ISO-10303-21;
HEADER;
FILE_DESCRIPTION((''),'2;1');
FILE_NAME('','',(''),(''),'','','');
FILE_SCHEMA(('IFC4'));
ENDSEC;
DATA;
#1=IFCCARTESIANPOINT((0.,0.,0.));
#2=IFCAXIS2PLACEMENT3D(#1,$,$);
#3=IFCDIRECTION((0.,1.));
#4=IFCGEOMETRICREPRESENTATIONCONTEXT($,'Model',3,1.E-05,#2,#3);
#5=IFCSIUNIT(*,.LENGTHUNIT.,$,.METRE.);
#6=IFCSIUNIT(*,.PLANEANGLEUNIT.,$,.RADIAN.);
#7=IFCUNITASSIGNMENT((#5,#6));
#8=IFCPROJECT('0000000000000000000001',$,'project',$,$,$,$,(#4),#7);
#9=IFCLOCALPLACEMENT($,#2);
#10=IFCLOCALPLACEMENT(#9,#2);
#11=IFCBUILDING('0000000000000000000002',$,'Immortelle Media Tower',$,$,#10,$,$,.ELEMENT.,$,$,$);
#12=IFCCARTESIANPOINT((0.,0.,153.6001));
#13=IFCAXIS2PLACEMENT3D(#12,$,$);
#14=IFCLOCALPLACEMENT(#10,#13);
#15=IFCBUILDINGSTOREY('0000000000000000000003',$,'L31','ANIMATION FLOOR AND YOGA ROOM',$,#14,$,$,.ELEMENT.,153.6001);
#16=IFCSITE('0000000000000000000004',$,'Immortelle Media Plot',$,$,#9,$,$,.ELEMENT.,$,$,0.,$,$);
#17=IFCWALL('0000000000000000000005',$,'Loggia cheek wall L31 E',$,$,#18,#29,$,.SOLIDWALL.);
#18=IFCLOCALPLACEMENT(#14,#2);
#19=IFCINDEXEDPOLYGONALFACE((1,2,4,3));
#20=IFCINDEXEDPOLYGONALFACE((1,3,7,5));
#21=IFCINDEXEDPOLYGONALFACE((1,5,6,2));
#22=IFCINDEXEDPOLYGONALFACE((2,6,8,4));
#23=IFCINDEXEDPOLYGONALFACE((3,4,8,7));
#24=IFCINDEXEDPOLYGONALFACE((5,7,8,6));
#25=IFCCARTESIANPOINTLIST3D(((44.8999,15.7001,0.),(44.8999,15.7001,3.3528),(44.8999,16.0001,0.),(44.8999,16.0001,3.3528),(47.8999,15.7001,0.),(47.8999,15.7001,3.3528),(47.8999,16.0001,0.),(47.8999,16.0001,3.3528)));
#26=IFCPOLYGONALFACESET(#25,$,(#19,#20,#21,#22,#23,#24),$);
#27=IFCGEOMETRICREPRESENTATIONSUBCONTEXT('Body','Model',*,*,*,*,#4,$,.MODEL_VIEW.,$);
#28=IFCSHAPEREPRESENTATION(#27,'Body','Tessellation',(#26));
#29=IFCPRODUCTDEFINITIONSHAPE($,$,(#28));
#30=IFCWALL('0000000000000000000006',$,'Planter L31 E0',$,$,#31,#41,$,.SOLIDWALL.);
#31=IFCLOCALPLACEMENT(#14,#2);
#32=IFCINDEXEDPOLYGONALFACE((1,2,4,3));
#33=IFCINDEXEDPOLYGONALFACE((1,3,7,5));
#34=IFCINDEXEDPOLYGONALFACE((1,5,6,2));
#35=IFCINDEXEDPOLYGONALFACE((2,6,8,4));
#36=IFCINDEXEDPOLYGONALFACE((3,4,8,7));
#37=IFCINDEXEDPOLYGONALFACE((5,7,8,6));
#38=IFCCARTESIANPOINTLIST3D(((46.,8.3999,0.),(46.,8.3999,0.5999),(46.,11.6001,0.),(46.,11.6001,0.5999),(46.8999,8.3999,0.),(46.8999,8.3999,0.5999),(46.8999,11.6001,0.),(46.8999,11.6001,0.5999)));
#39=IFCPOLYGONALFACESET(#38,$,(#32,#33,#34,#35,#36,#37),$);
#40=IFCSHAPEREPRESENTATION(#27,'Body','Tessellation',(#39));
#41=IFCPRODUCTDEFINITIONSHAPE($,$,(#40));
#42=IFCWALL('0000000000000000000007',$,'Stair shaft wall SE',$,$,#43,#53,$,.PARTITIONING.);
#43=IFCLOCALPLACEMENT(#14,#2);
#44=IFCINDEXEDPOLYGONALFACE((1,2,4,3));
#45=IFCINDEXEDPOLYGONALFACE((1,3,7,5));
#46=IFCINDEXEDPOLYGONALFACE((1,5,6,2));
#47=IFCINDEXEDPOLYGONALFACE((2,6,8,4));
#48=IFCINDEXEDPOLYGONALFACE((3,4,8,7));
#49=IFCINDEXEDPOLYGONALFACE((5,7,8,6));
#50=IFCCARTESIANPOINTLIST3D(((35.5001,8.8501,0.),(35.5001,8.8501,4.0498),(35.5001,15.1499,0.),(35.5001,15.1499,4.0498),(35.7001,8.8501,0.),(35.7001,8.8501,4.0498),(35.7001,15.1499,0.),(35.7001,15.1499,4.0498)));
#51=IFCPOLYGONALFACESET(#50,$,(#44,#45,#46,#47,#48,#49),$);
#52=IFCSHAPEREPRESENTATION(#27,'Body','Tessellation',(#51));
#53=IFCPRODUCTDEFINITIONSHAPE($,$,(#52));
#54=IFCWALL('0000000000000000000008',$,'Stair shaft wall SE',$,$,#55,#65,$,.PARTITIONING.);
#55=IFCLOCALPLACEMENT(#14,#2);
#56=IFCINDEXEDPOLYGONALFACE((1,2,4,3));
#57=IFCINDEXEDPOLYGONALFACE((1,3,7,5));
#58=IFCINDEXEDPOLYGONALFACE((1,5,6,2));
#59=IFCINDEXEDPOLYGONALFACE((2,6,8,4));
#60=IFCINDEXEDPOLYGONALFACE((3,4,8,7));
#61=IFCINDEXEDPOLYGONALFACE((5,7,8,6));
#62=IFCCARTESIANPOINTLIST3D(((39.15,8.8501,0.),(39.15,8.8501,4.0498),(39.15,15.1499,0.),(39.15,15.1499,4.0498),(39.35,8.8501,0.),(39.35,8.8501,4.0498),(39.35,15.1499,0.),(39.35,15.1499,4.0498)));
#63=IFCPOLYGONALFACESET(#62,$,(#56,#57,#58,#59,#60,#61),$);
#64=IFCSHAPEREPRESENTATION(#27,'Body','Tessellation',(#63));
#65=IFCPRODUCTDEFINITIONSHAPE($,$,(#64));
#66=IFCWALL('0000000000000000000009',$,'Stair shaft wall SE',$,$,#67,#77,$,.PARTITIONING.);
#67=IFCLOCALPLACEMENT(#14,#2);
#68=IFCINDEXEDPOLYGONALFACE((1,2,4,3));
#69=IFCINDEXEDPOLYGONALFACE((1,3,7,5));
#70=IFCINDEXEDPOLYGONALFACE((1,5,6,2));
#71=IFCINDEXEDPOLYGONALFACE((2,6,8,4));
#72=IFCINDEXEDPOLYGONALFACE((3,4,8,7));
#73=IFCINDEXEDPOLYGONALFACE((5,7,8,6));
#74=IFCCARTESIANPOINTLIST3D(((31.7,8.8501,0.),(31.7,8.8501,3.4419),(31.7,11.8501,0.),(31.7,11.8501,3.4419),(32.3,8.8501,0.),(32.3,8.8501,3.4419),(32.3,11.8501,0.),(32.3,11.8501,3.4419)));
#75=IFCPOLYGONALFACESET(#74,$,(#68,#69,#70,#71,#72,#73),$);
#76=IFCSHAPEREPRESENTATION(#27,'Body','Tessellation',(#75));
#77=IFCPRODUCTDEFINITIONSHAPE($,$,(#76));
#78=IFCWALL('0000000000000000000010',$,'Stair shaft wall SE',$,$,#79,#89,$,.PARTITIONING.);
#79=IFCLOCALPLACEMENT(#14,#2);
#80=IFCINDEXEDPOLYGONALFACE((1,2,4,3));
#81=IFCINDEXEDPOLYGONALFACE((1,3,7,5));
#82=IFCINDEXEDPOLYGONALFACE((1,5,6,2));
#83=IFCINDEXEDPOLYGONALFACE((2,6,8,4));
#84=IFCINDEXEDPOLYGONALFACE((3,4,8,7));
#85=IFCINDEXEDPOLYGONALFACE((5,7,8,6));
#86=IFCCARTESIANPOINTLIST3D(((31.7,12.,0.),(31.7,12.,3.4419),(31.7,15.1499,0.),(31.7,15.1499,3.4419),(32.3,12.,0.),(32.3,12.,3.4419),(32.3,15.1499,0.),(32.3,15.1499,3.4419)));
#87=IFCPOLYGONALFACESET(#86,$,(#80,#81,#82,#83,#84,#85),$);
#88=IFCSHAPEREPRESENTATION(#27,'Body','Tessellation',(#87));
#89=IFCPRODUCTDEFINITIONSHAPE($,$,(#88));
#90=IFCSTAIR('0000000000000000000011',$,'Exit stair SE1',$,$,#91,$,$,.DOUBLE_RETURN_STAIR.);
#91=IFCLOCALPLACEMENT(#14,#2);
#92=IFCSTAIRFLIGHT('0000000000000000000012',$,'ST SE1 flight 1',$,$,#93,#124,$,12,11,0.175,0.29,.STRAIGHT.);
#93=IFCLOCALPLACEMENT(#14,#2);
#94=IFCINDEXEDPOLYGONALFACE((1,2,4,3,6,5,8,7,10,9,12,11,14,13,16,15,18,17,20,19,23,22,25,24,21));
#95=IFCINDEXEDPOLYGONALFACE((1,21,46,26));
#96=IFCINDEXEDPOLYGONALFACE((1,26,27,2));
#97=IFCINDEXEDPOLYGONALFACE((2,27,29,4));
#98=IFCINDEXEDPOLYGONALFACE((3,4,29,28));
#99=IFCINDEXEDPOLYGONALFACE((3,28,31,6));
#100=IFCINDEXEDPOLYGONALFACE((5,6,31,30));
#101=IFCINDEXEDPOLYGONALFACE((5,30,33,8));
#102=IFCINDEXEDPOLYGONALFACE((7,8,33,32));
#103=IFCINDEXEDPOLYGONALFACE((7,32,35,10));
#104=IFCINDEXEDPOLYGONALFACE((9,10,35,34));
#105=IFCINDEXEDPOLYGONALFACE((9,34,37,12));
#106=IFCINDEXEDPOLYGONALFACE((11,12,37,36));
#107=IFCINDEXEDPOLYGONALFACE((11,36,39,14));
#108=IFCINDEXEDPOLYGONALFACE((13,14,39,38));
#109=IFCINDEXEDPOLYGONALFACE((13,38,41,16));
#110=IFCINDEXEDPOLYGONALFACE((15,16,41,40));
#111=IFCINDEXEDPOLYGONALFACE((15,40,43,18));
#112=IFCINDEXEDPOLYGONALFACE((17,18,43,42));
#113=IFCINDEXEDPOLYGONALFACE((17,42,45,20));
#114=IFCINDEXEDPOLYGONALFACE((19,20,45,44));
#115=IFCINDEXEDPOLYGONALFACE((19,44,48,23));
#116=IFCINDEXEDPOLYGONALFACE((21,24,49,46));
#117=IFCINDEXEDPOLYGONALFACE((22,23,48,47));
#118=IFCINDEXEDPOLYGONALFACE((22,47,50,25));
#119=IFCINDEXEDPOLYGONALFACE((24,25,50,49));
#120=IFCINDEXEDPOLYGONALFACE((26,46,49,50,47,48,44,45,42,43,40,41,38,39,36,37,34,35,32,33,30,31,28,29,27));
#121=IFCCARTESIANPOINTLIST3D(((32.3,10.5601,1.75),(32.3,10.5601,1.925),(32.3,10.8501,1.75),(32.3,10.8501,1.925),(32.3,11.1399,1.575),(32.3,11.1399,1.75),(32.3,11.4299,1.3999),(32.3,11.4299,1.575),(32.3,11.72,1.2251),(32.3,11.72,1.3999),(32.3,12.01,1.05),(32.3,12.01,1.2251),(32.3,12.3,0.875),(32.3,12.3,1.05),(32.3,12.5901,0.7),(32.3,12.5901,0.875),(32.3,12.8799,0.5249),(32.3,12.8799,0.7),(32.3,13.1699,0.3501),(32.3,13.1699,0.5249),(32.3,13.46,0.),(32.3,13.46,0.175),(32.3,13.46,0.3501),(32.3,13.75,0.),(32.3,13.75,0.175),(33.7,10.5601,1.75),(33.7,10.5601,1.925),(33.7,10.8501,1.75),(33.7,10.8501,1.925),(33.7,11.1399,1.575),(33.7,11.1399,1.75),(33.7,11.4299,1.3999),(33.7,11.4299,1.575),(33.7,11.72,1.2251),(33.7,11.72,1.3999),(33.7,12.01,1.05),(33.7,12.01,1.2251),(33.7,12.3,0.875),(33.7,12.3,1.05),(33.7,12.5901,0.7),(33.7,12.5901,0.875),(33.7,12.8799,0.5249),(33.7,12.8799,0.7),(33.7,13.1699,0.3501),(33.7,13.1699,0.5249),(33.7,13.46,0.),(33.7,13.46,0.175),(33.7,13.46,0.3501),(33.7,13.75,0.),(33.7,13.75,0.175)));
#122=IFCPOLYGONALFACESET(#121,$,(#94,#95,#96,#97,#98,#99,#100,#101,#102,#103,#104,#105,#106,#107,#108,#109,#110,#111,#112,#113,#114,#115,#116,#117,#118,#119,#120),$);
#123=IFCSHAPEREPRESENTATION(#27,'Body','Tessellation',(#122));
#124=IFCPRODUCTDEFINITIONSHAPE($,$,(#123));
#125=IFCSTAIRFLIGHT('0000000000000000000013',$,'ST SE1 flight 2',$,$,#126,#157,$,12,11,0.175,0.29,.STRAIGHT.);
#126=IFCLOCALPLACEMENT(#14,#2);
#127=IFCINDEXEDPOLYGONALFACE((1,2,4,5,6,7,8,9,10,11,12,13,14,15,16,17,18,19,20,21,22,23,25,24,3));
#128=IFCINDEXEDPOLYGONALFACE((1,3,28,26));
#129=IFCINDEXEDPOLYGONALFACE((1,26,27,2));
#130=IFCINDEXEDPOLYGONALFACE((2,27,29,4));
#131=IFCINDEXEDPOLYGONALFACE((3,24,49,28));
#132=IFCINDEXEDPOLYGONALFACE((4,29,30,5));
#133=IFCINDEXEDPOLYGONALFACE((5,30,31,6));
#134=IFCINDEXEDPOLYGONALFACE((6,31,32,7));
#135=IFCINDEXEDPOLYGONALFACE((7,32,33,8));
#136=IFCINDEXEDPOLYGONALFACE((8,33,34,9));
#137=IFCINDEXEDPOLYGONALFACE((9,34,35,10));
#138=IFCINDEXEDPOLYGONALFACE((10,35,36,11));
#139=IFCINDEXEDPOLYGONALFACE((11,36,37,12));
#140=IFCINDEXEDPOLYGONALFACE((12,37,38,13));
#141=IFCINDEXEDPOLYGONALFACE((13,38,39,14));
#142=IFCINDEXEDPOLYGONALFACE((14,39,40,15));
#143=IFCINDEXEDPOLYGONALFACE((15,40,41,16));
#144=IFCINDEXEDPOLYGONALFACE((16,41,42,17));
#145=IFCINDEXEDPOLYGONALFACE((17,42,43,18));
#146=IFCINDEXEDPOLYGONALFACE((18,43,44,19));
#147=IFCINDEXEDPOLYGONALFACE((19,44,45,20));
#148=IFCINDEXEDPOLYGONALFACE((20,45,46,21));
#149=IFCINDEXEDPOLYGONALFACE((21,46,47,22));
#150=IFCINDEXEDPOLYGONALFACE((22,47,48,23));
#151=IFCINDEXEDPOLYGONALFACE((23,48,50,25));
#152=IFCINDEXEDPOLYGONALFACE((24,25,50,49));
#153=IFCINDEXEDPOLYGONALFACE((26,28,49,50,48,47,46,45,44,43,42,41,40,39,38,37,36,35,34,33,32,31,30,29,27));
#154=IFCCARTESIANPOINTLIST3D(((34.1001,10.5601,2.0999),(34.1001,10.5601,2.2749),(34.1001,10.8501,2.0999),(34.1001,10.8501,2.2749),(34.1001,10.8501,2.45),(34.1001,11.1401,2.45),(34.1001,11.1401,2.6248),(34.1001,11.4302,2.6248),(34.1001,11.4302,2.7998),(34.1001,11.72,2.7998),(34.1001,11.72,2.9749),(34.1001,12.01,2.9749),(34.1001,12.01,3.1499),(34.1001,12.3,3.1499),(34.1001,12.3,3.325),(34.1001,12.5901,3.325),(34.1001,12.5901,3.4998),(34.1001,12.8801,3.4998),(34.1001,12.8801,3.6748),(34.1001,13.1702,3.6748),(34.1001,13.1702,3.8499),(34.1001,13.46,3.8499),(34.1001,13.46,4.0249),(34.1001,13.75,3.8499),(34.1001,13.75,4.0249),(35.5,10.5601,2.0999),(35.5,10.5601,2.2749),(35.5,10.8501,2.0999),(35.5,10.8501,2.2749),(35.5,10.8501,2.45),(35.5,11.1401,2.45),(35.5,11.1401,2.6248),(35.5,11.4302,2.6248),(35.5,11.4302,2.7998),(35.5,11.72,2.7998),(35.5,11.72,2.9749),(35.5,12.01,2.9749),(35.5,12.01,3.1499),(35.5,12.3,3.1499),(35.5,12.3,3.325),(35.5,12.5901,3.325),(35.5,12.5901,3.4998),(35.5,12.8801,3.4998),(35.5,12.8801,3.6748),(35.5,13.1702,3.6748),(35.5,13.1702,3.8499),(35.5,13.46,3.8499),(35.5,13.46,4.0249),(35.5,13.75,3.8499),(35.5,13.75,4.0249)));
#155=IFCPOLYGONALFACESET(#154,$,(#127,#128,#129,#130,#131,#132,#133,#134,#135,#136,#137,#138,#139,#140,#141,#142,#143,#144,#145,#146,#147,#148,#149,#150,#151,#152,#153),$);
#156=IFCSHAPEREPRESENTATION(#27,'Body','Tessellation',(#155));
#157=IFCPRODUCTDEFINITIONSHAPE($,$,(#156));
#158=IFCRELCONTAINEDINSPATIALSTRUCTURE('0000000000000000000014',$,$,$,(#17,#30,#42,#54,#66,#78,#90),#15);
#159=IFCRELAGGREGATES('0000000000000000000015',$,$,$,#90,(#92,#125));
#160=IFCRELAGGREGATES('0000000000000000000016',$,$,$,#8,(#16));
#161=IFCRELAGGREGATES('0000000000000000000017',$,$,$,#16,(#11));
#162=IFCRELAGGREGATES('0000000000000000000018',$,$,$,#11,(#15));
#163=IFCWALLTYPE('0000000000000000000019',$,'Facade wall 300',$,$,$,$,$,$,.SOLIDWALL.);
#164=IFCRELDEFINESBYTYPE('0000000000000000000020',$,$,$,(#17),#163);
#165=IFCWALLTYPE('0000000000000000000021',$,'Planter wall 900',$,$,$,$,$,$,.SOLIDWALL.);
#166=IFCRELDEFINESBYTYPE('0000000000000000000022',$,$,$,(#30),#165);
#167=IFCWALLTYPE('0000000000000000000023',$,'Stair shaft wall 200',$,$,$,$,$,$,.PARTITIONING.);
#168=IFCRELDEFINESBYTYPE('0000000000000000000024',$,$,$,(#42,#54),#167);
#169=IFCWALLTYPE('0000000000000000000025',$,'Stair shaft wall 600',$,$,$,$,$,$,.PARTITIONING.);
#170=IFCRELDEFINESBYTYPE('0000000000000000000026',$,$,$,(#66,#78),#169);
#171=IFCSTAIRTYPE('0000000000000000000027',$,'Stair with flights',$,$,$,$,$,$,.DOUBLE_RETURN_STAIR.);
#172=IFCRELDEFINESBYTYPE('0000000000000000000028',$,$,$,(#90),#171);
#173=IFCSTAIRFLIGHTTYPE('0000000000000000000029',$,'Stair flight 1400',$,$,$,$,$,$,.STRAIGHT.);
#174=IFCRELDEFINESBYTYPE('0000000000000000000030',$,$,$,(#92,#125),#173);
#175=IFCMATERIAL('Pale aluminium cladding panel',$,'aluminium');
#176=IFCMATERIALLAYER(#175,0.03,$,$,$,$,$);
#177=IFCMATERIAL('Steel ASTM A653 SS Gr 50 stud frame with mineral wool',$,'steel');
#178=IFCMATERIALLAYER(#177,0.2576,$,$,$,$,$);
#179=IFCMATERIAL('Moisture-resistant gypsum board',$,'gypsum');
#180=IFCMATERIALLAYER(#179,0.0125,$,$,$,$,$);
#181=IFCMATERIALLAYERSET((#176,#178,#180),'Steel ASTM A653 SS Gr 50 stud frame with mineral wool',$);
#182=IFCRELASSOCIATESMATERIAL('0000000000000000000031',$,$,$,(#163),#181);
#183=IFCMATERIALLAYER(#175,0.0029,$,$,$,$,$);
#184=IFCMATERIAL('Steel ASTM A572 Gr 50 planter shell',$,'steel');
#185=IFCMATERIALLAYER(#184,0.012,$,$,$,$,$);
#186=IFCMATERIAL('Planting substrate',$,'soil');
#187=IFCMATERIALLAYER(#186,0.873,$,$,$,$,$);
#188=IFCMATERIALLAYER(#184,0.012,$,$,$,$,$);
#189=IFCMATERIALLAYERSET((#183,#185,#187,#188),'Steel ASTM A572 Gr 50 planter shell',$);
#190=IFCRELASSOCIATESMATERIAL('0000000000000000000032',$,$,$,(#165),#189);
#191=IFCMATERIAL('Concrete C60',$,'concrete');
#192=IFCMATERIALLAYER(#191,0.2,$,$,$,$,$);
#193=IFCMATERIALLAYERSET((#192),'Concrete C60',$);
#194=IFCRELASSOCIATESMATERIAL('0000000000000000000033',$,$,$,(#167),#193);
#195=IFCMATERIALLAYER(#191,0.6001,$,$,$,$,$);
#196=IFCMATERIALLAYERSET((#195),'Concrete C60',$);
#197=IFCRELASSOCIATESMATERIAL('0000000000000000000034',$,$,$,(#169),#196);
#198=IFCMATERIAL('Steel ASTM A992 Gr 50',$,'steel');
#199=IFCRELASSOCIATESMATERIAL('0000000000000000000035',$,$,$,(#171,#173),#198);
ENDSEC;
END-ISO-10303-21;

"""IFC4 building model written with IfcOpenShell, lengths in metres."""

from ifc_helpers import new_model, si_unit, direction, frame, frame_2d, origin, place, context, subcontext, project, spatial, polyline, rectangle, outline, extrude, material, layer, layer_set, type_object, element, aggregate, save


model = new_model("IFC4")

# Units and contexts
model_context = context("Model", 3, precision=1e-05, world=origin(), true_north=direction((0.0, 1.0)))
body_context = subcontext(model_context, "Body", "Model", "MODEL_VIEW")
ifc_project = project(units=[si_unit("LENGTHUNIT", "METRE"), si_unit("PLANEANGLEUNIT", "RADIAN")], contexts=[model_context])

# Site, building, storey
site_placement = place(None, origin())
site = spatial("IfcSite", under=ifc_project, at=site_placement, Name="Immortelle Media Plot", CompositionType="ELEMENT", RefElevation=0.0)
building_placement = place(site_placement, origin())
building = spatial("IfcBuilding", under=site, at=building_placement, Name="Immortelle Media Tower", CompositionType="ELEMENT")
storey_placement = place(building_placement, frame((0.0, 0.0, 153.6001)))
storey = spatial("IfcBuildingStorey", under=building, at=storey_placement, Name="L31", Description="ANIMATION FLOOR AND YOGA ROOM", CompositionType="ELEMENT", Elevation=153.6001)

# Shared definitions
ifc_material_1 = material(Name="Steel ASTM A992 Gr 50", Category="steel")

# Shared definitions
ifc_material_2 = material(Name="Pale aluminium cladding panel", Category="aluminium")
ifc_layer_1 = layer(ifc_material_2, 0.03)
ifc_material_3 = material(Name="Steel ASTM A653 SS Gr 50 stud frame with mineral wool", Category="steel")
ifc_layer_2 = layer(ifc_material_3, 0.2576)
ifc_material_4 = material(Name="Moisture-resistant gypsum board", Category="gypsum")
ifc_layer_3 = layer(ifc_material_4, 0.0125)
ifc_layer_set_1 = layer_set([ifc_layer_1, ifc_layer_2, ifc_layer_3], Name="Steel ASTM A653 SS Gr 50 stud frame with mineral wool")
wall_type_1 = type_object("IfcWallType", Name="Facade wall 300", PredefinedType="SOLIDWALL", material=ifc_layer_set_1)

# Walls
for number, where, z_axis, x_axis, name in (
    (1, (47.8999, 15.8501, 0.0), (0.0, 0.0, 1.0), (-1.0, 0.0, 0.0), "Loggia cheek wall L31 E"),
):
    element("IfcWall", number, at=place(storey_placement, frame(where, z_axis=z_axis, x_axis=x_axis)), inside=storey, type_object=wall_type_1, Name=name, PredefinedType="SOLIDWALL", context=body_context, shape_type="SweptSolid", body=[
        extrude(rectangle(XDim=3.0, YDim=0.3, at=frame_2d((1.5, 0.0))), origin(), (0.0, 0.0, 1.0), 3.3528),
    ])
ifc_layer_4 = layer(ifc_material_2, 0.0029)
ifc_material_5 = material(Name="Steel ASTM A572 Gr 50 planter shell", Category="steel")
ifc_layer_5 = layer(ifc_material_5, 0.012)
ifc_material_6 = material(Name="Planting substrate", Category="soil")
ifc_layer_6 = layer(ifc_material_6, 0.873)
ifc_layer_7 = layer(ifc_material_5, 0.012)
ifc_layer_set_2 = layer_set([ifc_layer_4, ifc_layer_5, ifc_layer_6, ifc_layer_7], Name="Steel ASTM A572 Gr 50 planter shell")
wall_type_2 = type_object("IfcWallType", Name="Planter wall 900", PredefinedType="SOLIDWALL", material=ifc_layer_set_2)
wall_1_placement = place(storey_placement, frame((46.45, 8.3999, 0.0), z_axis=(0.0, 0.0, 1.0), x_axis=(0.0, 1.0, 0.0)))
element("IfcWall", 2, at=wall_1_placement, inside=storey, type_object=wall_type_2, Name="Planter L31 E0", PredefinedType="SOLIDWALL", context=body_context, shape_type="SweptSolid", body=[
    extrude(rectangle(XDim=3.2002, YDim=0.8999, at=frame_2d((1.6001, 0.0))), origin(), (0.0, 0.0, 1.0), 0.5999),
])
ifc_material_7 = material(Name="Concrete C60", Category="concrete")
ifc_layer_8 = layer(ifc_material_7, 0.2)
ifc_layer_set_3 = layer_set([ifc_layer_8], Name="Concrete C60")
wall_type_3 = type_object("IfcWallType", Name="Stair shaft wall 200", PredefinedType="PARTITIONING", material=ifc_layer_set_3)
for number, where, z_axis, x_axis, name in (
    (3, (35.6001, 8.8501, 0.0), (0.0, 0.0, 1.0), (0.0, 1.0, 0.0), "Stair shaft wall SE"),
    (4, (39.25, 8.8501, 0.0), (0.0, 0.0, 1.0), (0.0, 1.0, 0.0), "Stair shaft wall SE"),
):
    element("IfcWall", number, at=place(storey_placement, frame(where, z_axis=z_axis, x_axis=x_axis)), inside=storey, type_object=wall_type_3, Name=name, PredefinedType="PARTITIONING", context=body_context, shape_type="SweptSolid", body=[
        extrude(rectangle(XDim=6.2998, YDim=0.2, at=frame_2d((3.1499, 0.0))), origin(), (0.0, 0.0, 1.0), 4.0498),
    ])
ifc_layer_9 = layer(ifc_material_7, 0.6001)
ifc_layer_set_4 = layer_set([ifc_layer_9], Name="Concrete C60")
wall_type_4 = type_object("IfcWallType", Name="Stair shaft wall 600", PredefinedType="PARTITIONING", material=ifc_layer_set_4)
wall_2_placement = place(storey_placement, frame((32.0, 8.8501, 0.0), z_axis=(0.0, 0.0, 1.0), x_axis=(0.0, 1.0, 0.0)))
element("IfcWall", 5, at=wall_2_placement, inside=storey, type_object=wall_type_4, Name="Stair shaft wall SE", PredefinedType="PARTITIONING", context=body_context, shape_type="SweptSolid", body=[
    extrude(rectangle(XDim=3.0, YDim=0.6001, at=frame_2d((1.5, 0.0))), origin(), (0.0, 0.0, 1.0), 3.4419),
])
wall_3_placement = place(storey_placement, frame((32.0, 12.0, 0.0), z_axis=(0.0, 0.0, 1.0), x_axis=(0.0, 1.0, 0.0)))
element("IfcWall", 6, at=wall_3_placement, inside=storey, type_object=wall_type_4, Name="Stair shaft wall SE", PredefinedType="PARTITIONING", context=body_context, shape_type="SweptSolid", body=[
    extrude(rectangle(XDim=3.1499, YDim=0.6001, at=frame_2d((1.575, 0.0))), origin(), (0.0, 0.0, 1.0), 3.4419),
])

# Stair, stair flights
stair_type = type_object("IfcStairType", Name="Stair with flights", PredefinedType="DOUBLE_RETURN_STAIR", material=ifc_material_1)
stair_1_placement = place(storey_placement, origin())
stair_1 = element("IfcStair", 7, at=stair_1_placement, inside=storey, type_object=stair_type, Name="Exit stair SE1", PredefinedType="DOUBLE_RETURN_STAIR")
stair_flight_type = type_object("IfcStairFlightType", Name="Stair flight 1400", PredefinedType="STRAIGHT", material=ifc_material_1)
stair_flight_1_placement = place(storey_placement, frame((33.0, 13.75, 0.0), z_axis=(0.0, 0.0, 1.0), x_axis=(0.0, -1.0, 0.0)))
stair_flight_1 = element("IfcStairFlight", 8, at=stair_flight_1_placement, type_object=stair_flight_type, Name="ST SE1 flight 1", NumberOfRisers=12, NumberOfTreads=11, PredefinedType="STRAIGHT", RiserHeight=0.175, TreadLength=0.29, context=body_context, shape_type="SweptSolid", body=[
    extrude(outline(polyline([(0.0, 0.0), (0.0, 0.175), (0.29, 0.175), (0.29, 0.3501), (0.5801, 0.3501), (0.5801, 0.5249), (0.8701, 0.5249), (0.8701, 0.7), (1.1599, 0.7), (1.1599, 0.875), (1.45, 0.875), (1.45, 1.05), (1.74, 1.05), (1.74, 1.2251), (2.03, 1.2251), (2.03, 1.3999), (2.3201, 1.3999), (2.3201, 1.575), (2.6101, 1.575), (2.6101, 1.75), (2.8999, 1.75), (2.8999, 1.925), (3.1899, 1.925), (3.1899, 2.1001), (3.1899, 1.75), (0.29, 0.0), (0.0, 0.0)])), frame((0.0, 0.7, 0.0), z_axis=(0.0, -1.0, 0.0), x_axis=(1.0, 0.0, 0.0)), (0.0, 0.0, 1.0), 1.3999),
])
stair_flight_2_placement = place(storey_placement, frame((34.8, 10.5601, 2.0999), z_axis=(0.0, 0.0, 1.0), x_axis=(0.0, 1.0, 0.0)))
stair_flight_2 = element("IfcStairFlight", 9, at=stair_flight_2_placement, type_object=stair_flight_type, Name="ST SE1 flight 2", NumberOfRisers=12, NumberOfTreads=11, PredefinedType="STRAIGHT", RiserHeight=0.175, TreadLength=0.29, context=body_context, shape_type="SweptSolid", body=[
    extrude(outline(polyline([(0.0, 0.0), (0.0, 0.175), (0.29, 0.175), (0.29, 0.3501), (0.5801, 0.3501), (0.5801, 0.5249), (0.8701, 0.5249), (0.8701, 0.7), (1.1599, 0.7), (1.1599, 0.875), (1.45, 0.875), (1.45, 1.05), (1.74, 1.05), (1.74, 1.2251), (2.03, 1.2251), (2.03, 1.3999), (2.3201, 1.3999), (2.3201, 1.575), (2.6101, 1.575), (2.6101, 1.75), (2.8999, 1.75), (2.8999, 1.925), (3.1899, 1.925), (3.1899, 2.1001), (3.1899, 1.75), (0.29, 0.0), (0.0, 0.0)])), frame((0.0, 0.7, 0.0), z_axis=(0.0, -1.0, 0.0), x_axis=(1.0, 0.0, 0.0)), (0.0, 0.0, 1.0), 1.3999),
])
aggregate(stair_1, [stair_flight_1, stair_flight_2])

save(model, "model.ifc")
